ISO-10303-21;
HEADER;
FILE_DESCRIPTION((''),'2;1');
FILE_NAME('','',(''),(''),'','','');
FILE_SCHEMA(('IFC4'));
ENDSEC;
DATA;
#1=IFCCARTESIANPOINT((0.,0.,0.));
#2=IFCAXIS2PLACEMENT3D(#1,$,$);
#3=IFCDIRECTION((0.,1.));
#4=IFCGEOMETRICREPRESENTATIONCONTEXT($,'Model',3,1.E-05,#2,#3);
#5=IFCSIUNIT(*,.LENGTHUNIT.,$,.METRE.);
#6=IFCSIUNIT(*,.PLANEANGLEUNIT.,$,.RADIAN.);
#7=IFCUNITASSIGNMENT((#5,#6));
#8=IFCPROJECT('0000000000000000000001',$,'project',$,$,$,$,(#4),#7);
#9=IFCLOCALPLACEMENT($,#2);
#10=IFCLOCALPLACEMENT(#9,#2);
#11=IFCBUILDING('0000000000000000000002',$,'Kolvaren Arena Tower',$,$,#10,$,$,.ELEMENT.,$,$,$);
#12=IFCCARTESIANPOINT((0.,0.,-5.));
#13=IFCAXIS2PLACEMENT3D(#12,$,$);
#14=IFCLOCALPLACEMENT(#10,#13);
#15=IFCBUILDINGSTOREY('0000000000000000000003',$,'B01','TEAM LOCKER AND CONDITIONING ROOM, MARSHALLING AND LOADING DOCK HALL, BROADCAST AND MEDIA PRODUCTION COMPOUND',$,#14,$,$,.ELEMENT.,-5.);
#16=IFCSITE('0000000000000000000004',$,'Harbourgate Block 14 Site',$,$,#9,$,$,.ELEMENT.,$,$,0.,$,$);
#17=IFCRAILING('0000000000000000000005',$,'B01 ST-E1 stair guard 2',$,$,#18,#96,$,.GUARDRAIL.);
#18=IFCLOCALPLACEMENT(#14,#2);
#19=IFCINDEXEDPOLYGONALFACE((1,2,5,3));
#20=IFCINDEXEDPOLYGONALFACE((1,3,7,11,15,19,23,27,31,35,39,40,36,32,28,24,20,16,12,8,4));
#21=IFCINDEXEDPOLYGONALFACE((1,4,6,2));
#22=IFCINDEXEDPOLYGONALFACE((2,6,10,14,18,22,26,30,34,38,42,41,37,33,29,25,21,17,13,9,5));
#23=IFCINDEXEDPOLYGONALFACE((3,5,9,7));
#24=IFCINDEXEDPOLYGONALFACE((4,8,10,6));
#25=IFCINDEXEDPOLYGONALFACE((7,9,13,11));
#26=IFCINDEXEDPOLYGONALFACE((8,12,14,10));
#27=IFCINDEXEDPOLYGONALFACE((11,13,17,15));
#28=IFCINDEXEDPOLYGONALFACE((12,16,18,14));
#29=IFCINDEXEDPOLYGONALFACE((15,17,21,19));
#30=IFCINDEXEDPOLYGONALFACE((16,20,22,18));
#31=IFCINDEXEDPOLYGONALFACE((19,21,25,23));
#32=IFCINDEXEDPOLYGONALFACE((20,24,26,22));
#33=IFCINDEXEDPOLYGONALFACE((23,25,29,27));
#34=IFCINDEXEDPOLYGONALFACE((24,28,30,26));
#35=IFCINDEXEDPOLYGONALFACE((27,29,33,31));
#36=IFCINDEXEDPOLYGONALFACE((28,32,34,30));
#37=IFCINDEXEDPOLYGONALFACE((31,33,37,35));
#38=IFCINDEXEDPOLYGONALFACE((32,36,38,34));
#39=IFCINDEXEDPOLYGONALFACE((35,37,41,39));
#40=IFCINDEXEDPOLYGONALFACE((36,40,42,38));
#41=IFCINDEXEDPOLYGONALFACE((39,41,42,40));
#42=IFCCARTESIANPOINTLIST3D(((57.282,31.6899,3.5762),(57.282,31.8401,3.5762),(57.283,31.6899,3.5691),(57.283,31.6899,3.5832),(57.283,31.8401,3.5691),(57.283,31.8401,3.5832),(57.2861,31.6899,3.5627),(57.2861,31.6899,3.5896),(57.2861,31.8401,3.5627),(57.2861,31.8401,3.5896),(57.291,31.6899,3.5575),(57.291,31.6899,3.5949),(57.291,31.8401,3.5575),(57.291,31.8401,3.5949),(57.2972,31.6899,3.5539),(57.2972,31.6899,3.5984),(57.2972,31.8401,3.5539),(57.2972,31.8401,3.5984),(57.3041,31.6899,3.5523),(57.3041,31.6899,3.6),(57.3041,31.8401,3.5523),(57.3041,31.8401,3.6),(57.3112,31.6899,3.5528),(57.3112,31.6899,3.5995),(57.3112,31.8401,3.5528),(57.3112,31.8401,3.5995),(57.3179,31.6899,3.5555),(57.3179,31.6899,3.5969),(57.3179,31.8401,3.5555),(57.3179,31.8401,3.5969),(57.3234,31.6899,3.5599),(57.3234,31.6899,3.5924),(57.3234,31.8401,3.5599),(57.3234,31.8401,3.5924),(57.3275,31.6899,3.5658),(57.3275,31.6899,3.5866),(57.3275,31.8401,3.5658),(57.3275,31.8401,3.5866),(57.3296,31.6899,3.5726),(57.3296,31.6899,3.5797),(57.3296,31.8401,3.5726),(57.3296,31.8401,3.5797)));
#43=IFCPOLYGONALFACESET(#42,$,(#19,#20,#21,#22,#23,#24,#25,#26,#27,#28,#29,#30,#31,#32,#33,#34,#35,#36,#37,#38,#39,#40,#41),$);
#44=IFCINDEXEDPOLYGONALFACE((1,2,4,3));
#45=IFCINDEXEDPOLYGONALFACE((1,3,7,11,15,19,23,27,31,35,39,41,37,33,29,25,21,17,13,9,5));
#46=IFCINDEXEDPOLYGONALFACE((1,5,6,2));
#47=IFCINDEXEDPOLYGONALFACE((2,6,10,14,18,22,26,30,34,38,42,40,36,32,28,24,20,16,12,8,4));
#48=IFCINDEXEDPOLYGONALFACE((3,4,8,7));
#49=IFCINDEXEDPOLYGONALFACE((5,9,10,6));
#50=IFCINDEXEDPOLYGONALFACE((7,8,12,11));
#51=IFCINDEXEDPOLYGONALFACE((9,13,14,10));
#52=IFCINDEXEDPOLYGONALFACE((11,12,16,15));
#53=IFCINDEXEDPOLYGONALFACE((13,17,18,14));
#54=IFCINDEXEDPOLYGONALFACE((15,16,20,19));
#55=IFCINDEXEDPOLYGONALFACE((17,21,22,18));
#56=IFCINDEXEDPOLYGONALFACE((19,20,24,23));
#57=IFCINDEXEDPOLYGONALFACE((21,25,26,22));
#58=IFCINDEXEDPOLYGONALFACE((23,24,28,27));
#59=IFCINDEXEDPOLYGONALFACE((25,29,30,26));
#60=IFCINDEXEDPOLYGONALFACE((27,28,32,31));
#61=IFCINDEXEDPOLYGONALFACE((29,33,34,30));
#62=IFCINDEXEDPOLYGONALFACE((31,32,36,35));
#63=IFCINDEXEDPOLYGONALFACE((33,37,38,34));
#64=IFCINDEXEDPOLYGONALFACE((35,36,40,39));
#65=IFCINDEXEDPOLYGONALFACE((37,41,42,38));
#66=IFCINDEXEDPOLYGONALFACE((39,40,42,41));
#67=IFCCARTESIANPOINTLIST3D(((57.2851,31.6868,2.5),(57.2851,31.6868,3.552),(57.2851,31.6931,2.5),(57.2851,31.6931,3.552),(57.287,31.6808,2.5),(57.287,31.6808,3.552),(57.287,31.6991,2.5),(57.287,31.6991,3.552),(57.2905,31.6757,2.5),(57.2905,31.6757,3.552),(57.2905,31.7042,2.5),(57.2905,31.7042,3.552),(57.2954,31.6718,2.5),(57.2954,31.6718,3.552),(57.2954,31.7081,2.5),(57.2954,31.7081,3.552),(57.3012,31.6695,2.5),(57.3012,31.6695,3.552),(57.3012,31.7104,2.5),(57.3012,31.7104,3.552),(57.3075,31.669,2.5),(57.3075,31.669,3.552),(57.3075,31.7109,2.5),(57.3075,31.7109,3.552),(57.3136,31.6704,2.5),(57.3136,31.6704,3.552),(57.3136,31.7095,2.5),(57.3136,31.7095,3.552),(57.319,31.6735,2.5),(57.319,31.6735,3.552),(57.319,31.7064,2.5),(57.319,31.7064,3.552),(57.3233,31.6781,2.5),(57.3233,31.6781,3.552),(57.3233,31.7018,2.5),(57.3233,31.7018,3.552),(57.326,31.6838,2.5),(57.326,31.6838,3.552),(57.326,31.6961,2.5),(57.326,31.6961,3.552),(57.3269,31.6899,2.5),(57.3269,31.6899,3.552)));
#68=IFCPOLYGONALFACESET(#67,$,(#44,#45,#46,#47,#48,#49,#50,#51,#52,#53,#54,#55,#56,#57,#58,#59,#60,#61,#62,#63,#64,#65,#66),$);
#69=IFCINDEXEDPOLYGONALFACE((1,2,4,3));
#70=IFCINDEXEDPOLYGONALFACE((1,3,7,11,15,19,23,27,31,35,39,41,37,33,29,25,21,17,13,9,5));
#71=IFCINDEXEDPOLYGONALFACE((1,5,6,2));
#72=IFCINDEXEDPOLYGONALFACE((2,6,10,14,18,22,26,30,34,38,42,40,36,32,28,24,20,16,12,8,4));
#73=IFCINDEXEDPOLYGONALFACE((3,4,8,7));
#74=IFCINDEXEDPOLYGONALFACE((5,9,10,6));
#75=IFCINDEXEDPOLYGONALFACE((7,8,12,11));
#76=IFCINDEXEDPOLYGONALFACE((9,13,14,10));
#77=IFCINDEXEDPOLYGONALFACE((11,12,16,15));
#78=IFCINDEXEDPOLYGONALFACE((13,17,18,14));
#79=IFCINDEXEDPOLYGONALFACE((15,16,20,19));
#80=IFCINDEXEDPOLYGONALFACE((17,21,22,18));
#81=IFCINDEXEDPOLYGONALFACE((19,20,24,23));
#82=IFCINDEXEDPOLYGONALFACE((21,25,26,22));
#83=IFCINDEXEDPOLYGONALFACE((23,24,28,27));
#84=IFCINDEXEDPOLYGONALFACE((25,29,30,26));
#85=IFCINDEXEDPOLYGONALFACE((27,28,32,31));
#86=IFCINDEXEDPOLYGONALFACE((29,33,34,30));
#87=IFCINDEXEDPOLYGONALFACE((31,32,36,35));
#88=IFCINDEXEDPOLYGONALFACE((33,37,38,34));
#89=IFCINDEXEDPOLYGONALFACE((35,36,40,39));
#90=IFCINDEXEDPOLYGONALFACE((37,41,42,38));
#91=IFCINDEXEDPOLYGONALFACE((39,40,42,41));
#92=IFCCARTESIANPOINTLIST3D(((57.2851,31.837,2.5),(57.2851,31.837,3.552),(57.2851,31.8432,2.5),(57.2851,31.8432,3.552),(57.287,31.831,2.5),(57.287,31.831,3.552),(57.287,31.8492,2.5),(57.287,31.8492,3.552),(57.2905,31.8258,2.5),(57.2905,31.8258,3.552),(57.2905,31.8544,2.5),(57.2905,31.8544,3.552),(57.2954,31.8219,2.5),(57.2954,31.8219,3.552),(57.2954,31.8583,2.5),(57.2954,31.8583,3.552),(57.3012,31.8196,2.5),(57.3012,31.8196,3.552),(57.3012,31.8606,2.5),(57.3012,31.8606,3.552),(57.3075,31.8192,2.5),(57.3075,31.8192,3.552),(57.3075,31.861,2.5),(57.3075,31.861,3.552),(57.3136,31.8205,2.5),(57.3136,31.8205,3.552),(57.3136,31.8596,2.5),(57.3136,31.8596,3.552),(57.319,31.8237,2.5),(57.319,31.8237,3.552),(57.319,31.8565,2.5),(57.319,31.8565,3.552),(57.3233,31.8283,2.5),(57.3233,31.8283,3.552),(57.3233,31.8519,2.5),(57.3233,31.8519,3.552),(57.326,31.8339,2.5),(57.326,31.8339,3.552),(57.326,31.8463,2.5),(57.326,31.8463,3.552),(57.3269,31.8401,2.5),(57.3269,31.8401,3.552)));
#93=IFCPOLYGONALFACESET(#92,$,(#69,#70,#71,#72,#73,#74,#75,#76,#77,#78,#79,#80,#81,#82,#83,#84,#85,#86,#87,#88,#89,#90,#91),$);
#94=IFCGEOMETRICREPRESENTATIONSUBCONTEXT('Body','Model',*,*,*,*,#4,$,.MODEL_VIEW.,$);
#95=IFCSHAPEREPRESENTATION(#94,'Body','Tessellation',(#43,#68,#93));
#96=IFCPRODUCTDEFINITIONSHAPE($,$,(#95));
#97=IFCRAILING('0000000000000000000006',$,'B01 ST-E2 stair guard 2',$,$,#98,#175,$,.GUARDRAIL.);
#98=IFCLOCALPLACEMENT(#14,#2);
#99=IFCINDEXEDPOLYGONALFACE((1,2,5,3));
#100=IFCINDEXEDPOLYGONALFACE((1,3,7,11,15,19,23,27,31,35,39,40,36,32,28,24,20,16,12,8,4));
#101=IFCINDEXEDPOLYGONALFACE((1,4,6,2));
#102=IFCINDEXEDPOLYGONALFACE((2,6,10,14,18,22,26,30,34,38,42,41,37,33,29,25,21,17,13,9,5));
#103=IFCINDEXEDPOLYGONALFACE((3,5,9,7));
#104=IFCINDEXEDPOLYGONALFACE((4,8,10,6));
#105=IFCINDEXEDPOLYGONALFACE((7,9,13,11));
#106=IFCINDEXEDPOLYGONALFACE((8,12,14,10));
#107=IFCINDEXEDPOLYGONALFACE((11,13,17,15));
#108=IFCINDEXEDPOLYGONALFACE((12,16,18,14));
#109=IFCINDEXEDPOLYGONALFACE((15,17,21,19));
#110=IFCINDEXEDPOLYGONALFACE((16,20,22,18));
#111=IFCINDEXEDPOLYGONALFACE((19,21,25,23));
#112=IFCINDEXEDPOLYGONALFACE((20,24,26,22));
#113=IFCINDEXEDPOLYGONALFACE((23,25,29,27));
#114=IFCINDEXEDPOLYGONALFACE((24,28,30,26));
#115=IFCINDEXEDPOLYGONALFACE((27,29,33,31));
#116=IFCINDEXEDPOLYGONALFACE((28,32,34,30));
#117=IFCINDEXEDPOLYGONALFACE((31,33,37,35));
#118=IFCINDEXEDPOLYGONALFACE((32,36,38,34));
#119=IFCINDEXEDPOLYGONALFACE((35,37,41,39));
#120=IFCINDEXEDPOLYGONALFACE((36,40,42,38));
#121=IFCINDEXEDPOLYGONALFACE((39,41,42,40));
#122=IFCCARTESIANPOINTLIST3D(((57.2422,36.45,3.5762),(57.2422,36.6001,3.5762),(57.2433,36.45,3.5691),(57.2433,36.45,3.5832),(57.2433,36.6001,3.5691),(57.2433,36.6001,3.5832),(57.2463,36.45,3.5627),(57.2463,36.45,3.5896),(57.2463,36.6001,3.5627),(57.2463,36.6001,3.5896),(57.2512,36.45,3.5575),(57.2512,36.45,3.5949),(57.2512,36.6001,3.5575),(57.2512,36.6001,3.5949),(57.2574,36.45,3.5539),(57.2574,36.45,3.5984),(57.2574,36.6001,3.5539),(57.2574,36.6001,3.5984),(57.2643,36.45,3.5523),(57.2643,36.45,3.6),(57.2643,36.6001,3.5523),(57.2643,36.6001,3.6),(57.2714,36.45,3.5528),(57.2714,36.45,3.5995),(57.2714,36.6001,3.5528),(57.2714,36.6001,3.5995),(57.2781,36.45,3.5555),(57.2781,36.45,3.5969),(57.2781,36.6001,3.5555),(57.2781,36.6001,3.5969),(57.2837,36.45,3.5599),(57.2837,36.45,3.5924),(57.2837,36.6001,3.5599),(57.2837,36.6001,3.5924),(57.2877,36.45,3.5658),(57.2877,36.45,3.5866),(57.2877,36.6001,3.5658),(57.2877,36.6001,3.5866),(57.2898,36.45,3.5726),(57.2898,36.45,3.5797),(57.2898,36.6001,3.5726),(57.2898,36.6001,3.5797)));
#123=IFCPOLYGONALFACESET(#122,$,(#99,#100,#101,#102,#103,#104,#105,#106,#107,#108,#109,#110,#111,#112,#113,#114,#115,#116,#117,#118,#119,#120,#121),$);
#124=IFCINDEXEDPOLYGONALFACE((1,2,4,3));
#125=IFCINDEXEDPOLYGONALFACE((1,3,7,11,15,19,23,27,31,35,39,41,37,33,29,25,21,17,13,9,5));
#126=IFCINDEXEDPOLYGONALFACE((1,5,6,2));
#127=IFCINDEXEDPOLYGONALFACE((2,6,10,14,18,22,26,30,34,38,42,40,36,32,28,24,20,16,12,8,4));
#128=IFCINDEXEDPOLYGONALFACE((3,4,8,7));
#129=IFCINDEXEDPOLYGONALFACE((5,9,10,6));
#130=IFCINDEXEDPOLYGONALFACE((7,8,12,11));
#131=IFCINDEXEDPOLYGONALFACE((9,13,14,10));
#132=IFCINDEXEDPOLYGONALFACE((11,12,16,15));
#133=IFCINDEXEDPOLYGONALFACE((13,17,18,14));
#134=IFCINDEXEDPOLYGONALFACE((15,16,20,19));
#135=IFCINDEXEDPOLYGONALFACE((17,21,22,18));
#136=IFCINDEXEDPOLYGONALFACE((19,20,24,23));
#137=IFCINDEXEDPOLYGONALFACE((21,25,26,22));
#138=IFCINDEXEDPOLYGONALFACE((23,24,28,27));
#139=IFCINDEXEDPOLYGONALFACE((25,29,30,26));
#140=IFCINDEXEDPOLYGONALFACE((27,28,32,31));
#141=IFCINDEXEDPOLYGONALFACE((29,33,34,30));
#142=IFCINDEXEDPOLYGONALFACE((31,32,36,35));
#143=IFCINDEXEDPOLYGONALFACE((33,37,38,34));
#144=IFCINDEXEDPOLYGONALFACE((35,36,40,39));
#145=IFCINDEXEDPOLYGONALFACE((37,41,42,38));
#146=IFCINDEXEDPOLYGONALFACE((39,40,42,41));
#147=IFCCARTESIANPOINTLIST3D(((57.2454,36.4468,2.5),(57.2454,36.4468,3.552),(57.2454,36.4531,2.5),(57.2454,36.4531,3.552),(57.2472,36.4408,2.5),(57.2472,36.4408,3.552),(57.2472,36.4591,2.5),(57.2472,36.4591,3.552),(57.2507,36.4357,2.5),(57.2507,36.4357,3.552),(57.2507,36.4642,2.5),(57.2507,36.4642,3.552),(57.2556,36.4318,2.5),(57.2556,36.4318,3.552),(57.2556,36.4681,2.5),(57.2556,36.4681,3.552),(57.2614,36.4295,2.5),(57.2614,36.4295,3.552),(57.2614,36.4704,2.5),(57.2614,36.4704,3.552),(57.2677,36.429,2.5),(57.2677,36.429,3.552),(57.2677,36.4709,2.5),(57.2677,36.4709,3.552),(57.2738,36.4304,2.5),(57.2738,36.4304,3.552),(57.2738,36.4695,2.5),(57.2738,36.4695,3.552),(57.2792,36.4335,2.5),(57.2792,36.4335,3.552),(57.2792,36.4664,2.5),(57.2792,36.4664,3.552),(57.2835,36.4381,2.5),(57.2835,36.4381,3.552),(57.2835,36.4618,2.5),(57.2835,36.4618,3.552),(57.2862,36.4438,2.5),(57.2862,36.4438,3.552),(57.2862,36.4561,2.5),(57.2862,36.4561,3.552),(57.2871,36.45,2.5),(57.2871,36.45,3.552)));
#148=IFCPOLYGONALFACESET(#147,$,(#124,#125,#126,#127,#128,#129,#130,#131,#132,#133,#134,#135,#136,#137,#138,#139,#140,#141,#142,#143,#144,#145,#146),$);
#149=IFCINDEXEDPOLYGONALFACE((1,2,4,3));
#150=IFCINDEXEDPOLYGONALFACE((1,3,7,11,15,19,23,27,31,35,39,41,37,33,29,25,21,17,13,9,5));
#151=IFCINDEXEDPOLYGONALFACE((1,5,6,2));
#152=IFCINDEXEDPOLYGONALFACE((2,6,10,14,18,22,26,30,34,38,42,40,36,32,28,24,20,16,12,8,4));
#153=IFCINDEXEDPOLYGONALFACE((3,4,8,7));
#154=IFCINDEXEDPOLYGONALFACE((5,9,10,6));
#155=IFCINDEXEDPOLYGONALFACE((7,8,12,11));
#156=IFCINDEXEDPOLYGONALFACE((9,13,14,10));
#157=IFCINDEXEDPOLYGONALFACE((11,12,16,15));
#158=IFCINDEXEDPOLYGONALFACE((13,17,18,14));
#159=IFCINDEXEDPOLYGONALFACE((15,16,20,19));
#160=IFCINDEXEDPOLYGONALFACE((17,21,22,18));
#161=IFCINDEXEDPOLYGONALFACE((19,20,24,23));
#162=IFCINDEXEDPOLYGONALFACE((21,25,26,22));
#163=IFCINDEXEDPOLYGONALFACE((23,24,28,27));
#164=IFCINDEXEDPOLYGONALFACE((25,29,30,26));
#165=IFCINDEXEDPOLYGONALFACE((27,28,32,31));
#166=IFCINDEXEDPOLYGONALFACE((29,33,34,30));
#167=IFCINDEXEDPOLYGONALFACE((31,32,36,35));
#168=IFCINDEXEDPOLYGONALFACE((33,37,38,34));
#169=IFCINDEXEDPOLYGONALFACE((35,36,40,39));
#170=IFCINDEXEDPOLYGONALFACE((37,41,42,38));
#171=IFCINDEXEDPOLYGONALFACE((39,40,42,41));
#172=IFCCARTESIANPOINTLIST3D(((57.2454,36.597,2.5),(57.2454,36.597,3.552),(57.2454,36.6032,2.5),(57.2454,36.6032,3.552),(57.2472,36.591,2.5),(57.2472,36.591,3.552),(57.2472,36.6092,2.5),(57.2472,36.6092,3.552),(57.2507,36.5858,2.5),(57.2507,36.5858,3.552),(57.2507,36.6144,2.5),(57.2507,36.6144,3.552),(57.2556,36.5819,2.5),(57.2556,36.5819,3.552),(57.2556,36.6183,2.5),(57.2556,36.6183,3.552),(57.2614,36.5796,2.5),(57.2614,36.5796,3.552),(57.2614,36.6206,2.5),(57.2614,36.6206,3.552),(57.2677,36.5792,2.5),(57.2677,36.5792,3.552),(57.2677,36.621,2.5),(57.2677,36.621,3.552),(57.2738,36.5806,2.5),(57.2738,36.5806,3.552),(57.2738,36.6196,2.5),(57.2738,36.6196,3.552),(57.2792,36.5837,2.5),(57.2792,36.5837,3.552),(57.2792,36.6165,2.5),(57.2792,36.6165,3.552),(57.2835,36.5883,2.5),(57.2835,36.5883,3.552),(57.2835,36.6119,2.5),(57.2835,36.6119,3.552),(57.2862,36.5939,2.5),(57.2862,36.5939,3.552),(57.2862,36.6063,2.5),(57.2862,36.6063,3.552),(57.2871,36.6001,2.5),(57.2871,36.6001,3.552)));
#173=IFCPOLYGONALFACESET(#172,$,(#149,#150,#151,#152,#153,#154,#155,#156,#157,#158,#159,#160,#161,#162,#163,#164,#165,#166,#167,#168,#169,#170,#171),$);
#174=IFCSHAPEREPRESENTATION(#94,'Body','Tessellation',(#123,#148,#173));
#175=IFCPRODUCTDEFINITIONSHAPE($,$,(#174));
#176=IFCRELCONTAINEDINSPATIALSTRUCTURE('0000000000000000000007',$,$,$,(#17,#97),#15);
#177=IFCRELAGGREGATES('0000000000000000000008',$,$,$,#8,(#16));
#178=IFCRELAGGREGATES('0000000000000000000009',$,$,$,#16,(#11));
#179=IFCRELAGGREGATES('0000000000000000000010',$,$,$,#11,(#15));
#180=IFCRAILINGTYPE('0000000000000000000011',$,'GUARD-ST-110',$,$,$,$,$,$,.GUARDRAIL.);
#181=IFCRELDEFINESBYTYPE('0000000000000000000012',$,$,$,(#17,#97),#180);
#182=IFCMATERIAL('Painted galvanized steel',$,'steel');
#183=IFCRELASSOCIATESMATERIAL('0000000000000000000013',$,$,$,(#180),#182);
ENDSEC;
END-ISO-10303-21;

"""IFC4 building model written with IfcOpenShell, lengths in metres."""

from ifc_helpers import new_model, si_unit, direction, frame, origin, origin_2d, place, context, subcontext, project, spatial, circle, extrude, material, type_object, element, save


model = new_model("IFC4")

# Units and contexts
model_context = context("Model", 3, precision=1e-05, world=origin(), true_north=direction((0.0, 1.0)))
body_context = subcontext(model_context, "Body", "Model", "MODEL_VIEW")
ifc_project = project(units=[si_unit("LENGTHUNIT", "METRE"), si_unit("PLANEANGLEUNIT", "RADIAN")], contexts=[model_context])

# Site, building, storey
site_placement = place(None, origin())
site = spatial("IfcSite", under=ifc_project, at=site_placement, Name="Harbourgate Block 14 Site", CompositionType="ELEMENT", RefElevation=0.0)
building_placement = place(site_placement, origin())
building = spatial("IfcBuilding", under=site, at=building_placement, Name="Kolvaren Arena Tower", CompositionType="ELEMENT")
storey_placement = place(building_placement, frame((0.0, 0.0, -5.0)))
storey = spatial("IfcBuildingStorey", under=building, at=storey_placement, Name="B01", Description="TEAM LOCKER AND CONDITIONING ROOM, MARSHALLING AND LOADING DOCK HALL, BROADCAST AND MEDIA PRODUCTION COMPOUND", CompositionType="ELEMENT", Elevation=-5.0)

# Railings
ifc_material_1 = material(Name="Painted galvanized steel", Category="steel")
railing_type_1 = type_object("IfcRailingType", Name="GUARD-ST-110", PredefinedType="GUARDRAIL", material=ifc_material_1)
for number, where, name in (
    (1, (57.3059, 31.6899, 2.5), "B01 ST-E1 stair guard 2"),
    (2, (57.2661, 36.45, 2.5), "B01 ST-E2 stair guard 2"),
):
    element("IfcRailing", number, at=place(storey_placement, frame(where)), inside=storey, type_object=railing_type_1, Name=name, PredefinedType="GUARDRAIL", context=body_context, shape_type="SweptSolid", body=[
        extrude(circle(Radius=0.0239, at=origin_2d()), frame((0.0, 0.0, 1.0762), z_axis=(0.0, 1.0, 0.0), x_axis=(-1.0, 0.0, 0.0)), (0.0, 0.0, 1.0), 0.1501),
        extrude(circle(Radius=0.021, at=origin_2d()), origin(), (0.0, 0.0, 1.0), 1.052),
        extrude(circle(Radius=0.021, at=origin_2d()), frame((0.0, 0.1501, 0.0)), (0.0, 0.0, 1.0), 1.052),
    ])

save(model, "model.ifc")
